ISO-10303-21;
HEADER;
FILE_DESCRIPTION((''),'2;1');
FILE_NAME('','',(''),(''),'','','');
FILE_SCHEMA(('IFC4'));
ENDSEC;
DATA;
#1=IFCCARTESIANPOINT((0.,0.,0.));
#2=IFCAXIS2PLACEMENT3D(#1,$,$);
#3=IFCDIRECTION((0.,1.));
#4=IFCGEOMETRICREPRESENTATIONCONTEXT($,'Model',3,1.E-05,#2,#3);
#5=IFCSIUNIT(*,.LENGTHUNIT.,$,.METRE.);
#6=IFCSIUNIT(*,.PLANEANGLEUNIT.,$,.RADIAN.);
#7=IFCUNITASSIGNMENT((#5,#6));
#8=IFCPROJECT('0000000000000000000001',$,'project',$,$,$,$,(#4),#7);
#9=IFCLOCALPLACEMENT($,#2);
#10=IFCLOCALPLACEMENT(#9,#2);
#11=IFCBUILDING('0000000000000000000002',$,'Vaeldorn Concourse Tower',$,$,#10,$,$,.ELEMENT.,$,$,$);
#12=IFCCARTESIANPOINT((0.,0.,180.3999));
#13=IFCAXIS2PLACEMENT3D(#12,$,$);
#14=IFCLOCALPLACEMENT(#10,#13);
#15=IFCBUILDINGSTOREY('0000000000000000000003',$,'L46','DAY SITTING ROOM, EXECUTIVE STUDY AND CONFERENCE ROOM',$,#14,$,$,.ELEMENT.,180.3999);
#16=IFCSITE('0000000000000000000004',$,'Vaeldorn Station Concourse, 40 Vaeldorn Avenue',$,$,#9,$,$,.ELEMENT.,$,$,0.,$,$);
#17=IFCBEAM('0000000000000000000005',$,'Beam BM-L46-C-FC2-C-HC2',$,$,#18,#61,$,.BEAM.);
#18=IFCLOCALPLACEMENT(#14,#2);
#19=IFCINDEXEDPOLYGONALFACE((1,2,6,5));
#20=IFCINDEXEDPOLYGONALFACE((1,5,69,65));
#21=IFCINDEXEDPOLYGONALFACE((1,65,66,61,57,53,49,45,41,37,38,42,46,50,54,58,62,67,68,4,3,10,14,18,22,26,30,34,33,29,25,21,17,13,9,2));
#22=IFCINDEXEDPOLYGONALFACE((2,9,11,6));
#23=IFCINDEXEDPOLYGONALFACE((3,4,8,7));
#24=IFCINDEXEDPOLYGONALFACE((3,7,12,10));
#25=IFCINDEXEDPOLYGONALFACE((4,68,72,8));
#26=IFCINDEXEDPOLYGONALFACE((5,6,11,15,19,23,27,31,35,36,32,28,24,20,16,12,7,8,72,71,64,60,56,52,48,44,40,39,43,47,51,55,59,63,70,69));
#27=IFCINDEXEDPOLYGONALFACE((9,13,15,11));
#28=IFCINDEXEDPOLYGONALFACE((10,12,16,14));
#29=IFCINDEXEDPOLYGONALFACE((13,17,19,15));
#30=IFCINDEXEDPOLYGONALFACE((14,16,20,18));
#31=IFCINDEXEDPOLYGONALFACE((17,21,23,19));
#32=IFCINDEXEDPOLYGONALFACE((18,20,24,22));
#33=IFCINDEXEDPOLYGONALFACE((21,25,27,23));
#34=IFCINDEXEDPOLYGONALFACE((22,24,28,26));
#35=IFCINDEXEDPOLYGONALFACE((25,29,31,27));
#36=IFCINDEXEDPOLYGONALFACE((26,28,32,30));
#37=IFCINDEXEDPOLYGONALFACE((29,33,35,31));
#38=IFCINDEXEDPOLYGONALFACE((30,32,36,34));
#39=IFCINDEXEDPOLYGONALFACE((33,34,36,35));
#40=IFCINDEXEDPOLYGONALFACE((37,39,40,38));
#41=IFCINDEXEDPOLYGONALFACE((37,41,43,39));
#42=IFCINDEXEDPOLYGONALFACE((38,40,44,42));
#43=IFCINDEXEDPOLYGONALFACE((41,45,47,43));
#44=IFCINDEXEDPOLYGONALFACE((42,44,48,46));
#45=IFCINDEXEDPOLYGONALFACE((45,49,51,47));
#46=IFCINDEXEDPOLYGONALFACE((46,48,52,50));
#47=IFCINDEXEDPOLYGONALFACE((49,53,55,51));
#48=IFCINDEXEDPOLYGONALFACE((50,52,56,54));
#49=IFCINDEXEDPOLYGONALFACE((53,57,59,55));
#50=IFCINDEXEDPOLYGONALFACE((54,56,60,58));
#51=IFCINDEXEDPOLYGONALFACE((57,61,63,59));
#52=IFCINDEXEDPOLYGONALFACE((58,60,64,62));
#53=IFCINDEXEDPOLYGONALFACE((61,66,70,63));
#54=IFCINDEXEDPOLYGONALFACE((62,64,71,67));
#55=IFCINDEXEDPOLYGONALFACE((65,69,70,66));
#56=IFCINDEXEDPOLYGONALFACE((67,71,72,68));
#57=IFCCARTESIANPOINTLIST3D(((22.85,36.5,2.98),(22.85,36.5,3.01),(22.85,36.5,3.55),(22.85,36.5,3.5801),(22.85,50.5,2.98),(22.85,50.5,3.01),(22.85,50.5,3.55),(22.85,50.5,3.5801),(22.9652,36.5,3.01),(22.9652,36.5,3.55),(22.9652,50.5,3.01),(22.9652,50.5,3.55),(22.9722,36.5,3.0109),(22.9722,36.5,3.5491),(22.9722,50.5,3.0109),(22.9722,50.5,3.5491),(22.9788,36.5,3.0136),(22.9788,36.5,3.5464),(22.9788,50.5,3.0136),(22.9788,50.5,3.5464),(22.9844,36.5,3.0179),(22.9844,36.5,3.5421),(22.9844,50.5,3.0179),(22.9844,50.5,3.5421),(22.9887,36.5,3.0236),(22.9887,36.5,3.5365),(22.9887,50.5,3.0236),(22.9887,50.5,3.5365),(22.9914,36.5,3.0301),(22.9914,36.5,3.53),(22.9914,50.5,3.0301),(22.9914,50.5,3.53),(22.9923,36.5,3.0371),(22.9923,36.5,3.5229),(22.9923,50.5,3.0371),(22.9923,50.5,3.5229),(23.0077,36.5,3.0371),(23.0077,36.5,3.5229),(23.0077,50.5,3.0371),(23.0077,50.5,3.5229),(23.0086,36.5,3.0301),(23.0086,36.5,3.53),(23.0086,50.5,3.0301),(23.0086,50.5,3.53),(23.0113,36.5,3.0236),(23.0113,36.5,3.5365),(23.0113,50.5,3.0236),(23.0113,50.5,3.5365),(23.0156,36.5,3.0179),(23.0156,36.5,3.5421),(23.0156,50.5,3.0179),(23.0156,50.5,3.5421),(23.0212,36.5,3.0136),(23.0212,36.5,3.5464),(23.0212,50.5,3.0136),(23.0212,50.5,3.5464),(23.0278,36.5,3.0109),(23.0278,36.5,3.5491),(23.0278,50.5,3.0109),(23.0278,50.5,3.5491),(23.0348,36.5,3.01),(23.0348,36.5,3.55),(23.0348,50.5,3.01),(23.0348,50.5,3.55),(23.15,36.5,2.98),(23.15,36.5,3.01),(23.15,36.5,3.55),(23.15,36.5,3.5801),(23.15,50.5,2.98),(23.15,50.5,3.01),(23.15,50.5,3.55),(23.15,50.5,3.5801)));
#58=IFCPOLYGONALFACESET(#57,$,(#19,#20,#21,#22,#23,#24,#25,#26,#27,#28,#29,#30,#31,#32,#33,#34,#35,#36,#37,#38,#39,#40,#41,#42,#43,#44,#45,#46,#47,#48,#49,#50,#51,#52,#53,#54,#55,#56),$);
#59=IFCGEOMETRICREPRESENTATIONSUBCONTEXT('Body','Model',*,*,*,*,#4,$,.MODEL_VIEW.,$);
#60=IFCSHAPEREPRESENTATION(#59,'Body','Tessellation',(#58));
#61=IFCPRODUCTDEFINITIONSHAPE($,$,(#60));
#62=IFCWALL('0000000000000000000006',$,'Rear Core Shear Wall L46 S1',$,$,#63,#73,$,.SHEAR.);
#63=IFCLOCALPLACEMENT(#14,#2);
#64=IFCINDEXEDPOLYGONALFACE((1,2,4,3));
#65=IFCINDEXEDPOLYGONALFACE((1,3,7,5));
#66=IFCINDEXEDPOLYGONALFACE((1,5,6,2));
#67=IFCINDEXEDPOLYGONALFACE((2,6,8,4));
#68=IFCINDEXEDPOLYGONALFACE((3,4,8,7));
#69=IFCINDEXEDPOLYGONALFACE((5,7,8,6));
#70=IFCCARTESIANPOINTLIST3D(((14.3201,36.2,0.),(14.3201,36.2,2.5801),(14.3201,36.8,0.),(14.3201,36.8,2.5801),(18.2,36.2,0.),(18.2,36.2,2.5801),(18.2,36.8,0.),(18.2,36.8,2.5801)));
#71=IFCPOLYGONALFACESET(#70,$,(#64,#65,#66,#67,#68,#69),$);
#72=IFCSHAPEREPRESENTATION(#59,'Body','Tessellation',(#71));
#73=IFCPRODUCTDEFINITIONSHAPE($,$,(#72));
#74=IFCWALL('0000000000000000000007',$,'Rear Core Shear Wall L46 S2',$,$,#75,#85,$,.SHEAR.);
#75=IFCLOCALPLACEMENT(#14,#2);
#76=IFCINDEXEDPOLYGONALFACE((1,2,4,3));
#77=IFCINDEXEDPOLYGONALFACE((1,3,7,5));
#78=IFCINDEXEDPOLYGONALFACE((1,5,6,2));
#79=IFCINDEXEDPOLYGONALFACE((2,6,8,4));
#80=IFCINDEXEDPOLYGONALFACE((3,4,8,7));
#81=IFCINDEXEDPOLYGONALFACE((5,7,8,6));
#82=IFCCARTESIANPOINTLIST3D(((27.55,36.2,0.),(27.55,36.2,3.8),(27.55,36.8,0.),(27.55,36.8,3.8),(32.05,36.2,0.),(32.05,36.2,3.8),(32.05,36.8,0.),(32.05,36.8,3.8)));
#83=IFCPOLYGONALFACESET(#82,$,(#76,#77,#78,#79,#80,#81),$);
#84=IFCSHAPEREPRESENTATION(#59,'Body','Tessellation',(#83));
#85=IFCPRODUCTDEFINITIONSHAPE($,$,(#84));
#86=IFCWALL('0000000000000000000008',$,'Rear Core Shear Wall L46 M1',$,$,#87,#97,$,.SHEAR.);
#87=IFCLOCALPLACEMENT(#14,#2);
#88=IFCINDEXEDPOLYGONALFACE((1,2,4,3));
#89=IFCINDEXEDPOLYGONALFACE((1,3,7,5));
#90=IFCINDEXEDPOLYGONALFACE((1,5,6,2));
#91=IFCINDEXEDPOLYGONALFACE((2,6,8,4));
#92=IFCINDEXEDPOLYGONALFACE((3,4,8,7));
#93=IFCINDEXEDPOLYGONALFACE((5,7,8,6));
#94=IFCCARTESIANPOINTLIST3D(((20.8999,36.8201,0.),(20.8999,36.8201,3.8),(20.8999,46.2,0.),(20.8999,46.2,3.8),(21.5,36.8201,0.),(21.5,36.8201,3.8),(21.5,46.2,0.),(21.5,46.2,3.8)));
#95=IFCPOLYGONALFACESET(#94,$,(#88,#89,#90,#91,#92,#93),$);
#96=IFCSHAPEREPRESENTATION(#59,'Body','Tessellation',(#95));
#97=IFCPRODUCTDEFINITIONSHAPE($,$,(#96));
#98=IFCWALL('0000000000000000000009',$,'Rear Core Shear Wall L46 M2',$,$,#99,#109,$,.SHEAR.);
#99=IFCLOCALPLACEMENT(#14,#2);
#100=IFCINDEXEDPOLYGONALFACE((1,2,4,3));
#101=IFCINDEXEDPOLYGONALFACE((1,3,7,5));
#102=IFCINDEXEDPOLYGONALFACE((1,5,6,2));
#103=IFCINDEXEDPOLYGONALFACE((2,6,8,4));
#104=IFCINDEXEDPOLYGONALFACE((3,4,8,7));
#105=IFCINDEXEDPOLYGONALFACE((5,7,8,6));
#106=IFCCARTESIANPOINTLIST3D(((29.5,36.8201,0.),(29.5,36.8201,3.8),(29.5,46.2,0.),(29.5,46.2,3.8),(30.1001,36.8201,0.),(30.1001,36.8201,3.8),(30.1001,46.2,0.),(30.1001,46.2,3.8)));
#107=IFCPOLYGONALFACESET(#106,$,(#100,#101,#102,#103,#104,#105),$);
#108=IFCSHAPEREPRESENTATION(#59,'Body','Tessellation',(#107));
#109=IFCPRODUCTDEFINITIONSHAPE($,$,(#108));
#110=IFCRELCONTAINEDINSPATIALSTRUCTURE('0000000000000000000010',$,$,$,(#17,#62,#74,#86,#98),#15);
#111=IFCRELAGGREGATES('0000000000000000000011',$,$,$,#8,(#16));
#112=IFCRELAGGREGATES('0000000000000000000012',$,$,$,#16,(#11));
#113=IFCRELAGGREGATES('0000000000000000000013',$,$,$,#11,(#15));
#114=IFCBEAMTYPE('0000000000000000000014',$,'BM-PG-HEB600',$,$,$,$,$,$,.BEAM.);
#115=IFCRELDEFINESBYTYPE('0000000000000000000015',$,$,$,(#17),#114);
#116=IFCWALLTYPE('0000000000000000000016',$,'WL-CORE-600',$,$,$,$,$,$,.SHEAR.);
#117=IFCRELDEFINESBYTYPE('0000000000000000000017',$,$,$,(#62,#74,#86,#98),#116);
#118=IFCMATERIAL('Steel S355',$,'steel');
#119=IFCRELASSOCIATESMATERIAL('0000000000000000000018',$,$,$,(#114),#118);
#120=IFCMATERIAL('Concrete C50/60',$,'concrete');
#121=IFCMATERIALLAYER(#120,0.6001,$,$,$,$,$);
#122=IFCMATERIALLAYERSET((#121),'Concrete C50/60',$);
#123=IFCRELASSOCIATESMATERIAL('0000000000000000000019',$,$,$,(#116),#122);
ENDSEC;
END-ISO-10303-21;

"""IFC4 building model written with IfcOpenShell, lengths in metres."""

from ifc_helpers import new_model, si_unit, direction, frame, frame_2d, origin, origin_2d, place, context, subcontext, project, spatial, rectangle, i_section, extrude, source, transform, mapped, material, layer, layer_set, material_profile, profile_set, type_object, element, save


model = new_model("IFC4")

# Units and contexts
model_context = context("Model", 3, precision=1e-05, world=origin(), true_north=direction((0.0, 1.0)))
body_context = subcontext(model_context, "Body", "Model", "MODEL_VIEW")
ifc_project = project(units=[si_unit("LENGTHUNIT", "METRE"), si_unit("PLANEANGLEUNIT", "RADIAN")], contexts=[model_context])

# Site, building, storey
site_placement = place(None, origin())
site = spatial("IfcSite", under=ifc_project, at=site_placement, Name="Vaeldorn Station Concourse, 40 Vaeldorn Avenue", CompositionType="ELEMENT", RefElevation=0.0)
building_placement = place(site_placement, origin())
building = spatial("IfcBuilding", under=site, at=building_placement, Name="Vaeldorn Concourse Tower", CompositionType="ELEMENT")
storey_placement = place(building_placement, frame((0.0, 0.0, 180.3999)))
storey = spatial("IfcBuildingStorey", under=building, at=storey_placement, Name="L46", Description="DAY SITTING ROOM, EXECUTIVE STUDY AND CONFERENCE ROOM", CompositionType="ELEMENT", Elevation=180.3999)

# Shared definitions
ifc_material_1 = material(Name="Steel S355", Category="steel")

# Beam
ifc_material_profile_1 = material_profile(ifc_material_1, i_section(OverallWidth=0.3, OverallDepth=0.6001, WebThickness=0.0154, FlangeThickness=0.03, FilletRadius=0.0271, at=origin_2d()), Name="HEB 600")
ifc_profile_set_1 = profile_set([ifc_material_profile_1], Name="Steel S355")
beam_type_1 = type_object("IfcBeamType", Name="BM-PG-HEB600", PredefinedType="BEAM", material=ifc_profile_set_1)
shared_shape_1 = source(origin(), body_context, "Body", "SweptSolid", [
    extrude(i_section(OverallWidth=0.3, OverallDepth=0.6001, WebThickness=0.0154, FlangeThickness=0.03, FilletRadius=0.0271, at=origin_2d()), origin(), (0.0, 0.0, 1.0), 14.0),
])
for number, where, z_axis, x_axis, name in (
    (1, (23.0, 36.5, 3.28), (0.0, 1.0, 0.0), (-1.0, 0.0, 0.0), "Beam BM-L46-C-FC2-C-HC2"),
):
    element("IfcBeam", number, at=place(storey_placement, frame(where, z_axis=z_axis, x_axis=x_axis)), inside=storey, type_object=beam_type_1, Name=name, PredefinedType="BEAM", context=body_context, shape_type="MappedRepresentation", body=[
        mapped(shared_shape_1, transform((0.0, 0.0, 0.0), scale=1.0)),
    ])

# Walls
ifc_material_2 = material(Name="Concrete C50/60", Category="concrete")
ifc_layer_1 = layer(ifc_material_2, 0.6001)
ifc_layer_set_1 = layer_set([ifc_layer_1], Name="Concrete C50/60")
wall_type_1 = type_object("IfcWallType", Name="WL-CORE-600", PredefinedType="SHEAR", material=ifc_layer_set_1)
wall_1_placement = place(storey_placement, frame((14.3201, 36.5, 0.0), z_axis=(0.0, 0.0, 1.0), x_axis=(1.0, 0.0, 0.0)))
element("IfcWall", 2, at=wall_1_placement, inside=storey, type_object=wall_type_1, Name="Rear Core Shear Wall L46 S1", PredefinedType="SHEAR", context=body_context, shape_type="SweptSolid", body=[
    extrude(rectangle(XDim=3.8799, YDim=0.6001, at=frame_2d((1.9399, 0.0))), origin(), (0.0, 0.0, 1.0), 2.5801),
])
wall_2_placement = place(storey_placement, frame((27.55, 36.5, 0.0), z_axis=(0.0, 0.0, 1.0), x_axis=(1.0, 0.0, 0.0)))
element("IfcWall", 3, at=wall_2_placement, inside=storey, type_object=wall_type_1, Name="Rear Core Shear Wall L46 S2", PredefinedType="SHEAR", context=body_context, shape_type="SweptSolid", body=[
    extrude(rectangle(XDim=4.5, YDim=0.6001, at=frame_2d((2.25, 0.0))), origin(), (0.0, 0.0, 1.0), 3.8),
])
for number, where, z_axis, x_axis, name in (
    (4, (21.2, 36.8201, 0.0), (0.0, 0.0, 1.0), (0.0, 1.0, 0.0), "Rear Core Shear Wall L46 M1"),
    (5, (29.8, 36.8201, 0.0), (0.0, 0.0, 1.0), (0.0, 1.0, 0.0), "Rear Core Shear Wall L46 M2"),
):
    element("IfcWall", number, at=place(storey_placement, frame(where, z_axis=z_axis, x_axis=x_axis)), inside=storey, type_object=wall_type_1, Name=name, PredefinedType="SHEAR", context=body_context, shape_type="SweptSolid", body=[
        extrude(rectangle(XDim=9.3799, YDim=0.6001, at=frame_2d((4.6899, 0.0))), origin(), (0.0, 0.0, 1.0), 3.8),
    ])

save(model, "model.ifc")
